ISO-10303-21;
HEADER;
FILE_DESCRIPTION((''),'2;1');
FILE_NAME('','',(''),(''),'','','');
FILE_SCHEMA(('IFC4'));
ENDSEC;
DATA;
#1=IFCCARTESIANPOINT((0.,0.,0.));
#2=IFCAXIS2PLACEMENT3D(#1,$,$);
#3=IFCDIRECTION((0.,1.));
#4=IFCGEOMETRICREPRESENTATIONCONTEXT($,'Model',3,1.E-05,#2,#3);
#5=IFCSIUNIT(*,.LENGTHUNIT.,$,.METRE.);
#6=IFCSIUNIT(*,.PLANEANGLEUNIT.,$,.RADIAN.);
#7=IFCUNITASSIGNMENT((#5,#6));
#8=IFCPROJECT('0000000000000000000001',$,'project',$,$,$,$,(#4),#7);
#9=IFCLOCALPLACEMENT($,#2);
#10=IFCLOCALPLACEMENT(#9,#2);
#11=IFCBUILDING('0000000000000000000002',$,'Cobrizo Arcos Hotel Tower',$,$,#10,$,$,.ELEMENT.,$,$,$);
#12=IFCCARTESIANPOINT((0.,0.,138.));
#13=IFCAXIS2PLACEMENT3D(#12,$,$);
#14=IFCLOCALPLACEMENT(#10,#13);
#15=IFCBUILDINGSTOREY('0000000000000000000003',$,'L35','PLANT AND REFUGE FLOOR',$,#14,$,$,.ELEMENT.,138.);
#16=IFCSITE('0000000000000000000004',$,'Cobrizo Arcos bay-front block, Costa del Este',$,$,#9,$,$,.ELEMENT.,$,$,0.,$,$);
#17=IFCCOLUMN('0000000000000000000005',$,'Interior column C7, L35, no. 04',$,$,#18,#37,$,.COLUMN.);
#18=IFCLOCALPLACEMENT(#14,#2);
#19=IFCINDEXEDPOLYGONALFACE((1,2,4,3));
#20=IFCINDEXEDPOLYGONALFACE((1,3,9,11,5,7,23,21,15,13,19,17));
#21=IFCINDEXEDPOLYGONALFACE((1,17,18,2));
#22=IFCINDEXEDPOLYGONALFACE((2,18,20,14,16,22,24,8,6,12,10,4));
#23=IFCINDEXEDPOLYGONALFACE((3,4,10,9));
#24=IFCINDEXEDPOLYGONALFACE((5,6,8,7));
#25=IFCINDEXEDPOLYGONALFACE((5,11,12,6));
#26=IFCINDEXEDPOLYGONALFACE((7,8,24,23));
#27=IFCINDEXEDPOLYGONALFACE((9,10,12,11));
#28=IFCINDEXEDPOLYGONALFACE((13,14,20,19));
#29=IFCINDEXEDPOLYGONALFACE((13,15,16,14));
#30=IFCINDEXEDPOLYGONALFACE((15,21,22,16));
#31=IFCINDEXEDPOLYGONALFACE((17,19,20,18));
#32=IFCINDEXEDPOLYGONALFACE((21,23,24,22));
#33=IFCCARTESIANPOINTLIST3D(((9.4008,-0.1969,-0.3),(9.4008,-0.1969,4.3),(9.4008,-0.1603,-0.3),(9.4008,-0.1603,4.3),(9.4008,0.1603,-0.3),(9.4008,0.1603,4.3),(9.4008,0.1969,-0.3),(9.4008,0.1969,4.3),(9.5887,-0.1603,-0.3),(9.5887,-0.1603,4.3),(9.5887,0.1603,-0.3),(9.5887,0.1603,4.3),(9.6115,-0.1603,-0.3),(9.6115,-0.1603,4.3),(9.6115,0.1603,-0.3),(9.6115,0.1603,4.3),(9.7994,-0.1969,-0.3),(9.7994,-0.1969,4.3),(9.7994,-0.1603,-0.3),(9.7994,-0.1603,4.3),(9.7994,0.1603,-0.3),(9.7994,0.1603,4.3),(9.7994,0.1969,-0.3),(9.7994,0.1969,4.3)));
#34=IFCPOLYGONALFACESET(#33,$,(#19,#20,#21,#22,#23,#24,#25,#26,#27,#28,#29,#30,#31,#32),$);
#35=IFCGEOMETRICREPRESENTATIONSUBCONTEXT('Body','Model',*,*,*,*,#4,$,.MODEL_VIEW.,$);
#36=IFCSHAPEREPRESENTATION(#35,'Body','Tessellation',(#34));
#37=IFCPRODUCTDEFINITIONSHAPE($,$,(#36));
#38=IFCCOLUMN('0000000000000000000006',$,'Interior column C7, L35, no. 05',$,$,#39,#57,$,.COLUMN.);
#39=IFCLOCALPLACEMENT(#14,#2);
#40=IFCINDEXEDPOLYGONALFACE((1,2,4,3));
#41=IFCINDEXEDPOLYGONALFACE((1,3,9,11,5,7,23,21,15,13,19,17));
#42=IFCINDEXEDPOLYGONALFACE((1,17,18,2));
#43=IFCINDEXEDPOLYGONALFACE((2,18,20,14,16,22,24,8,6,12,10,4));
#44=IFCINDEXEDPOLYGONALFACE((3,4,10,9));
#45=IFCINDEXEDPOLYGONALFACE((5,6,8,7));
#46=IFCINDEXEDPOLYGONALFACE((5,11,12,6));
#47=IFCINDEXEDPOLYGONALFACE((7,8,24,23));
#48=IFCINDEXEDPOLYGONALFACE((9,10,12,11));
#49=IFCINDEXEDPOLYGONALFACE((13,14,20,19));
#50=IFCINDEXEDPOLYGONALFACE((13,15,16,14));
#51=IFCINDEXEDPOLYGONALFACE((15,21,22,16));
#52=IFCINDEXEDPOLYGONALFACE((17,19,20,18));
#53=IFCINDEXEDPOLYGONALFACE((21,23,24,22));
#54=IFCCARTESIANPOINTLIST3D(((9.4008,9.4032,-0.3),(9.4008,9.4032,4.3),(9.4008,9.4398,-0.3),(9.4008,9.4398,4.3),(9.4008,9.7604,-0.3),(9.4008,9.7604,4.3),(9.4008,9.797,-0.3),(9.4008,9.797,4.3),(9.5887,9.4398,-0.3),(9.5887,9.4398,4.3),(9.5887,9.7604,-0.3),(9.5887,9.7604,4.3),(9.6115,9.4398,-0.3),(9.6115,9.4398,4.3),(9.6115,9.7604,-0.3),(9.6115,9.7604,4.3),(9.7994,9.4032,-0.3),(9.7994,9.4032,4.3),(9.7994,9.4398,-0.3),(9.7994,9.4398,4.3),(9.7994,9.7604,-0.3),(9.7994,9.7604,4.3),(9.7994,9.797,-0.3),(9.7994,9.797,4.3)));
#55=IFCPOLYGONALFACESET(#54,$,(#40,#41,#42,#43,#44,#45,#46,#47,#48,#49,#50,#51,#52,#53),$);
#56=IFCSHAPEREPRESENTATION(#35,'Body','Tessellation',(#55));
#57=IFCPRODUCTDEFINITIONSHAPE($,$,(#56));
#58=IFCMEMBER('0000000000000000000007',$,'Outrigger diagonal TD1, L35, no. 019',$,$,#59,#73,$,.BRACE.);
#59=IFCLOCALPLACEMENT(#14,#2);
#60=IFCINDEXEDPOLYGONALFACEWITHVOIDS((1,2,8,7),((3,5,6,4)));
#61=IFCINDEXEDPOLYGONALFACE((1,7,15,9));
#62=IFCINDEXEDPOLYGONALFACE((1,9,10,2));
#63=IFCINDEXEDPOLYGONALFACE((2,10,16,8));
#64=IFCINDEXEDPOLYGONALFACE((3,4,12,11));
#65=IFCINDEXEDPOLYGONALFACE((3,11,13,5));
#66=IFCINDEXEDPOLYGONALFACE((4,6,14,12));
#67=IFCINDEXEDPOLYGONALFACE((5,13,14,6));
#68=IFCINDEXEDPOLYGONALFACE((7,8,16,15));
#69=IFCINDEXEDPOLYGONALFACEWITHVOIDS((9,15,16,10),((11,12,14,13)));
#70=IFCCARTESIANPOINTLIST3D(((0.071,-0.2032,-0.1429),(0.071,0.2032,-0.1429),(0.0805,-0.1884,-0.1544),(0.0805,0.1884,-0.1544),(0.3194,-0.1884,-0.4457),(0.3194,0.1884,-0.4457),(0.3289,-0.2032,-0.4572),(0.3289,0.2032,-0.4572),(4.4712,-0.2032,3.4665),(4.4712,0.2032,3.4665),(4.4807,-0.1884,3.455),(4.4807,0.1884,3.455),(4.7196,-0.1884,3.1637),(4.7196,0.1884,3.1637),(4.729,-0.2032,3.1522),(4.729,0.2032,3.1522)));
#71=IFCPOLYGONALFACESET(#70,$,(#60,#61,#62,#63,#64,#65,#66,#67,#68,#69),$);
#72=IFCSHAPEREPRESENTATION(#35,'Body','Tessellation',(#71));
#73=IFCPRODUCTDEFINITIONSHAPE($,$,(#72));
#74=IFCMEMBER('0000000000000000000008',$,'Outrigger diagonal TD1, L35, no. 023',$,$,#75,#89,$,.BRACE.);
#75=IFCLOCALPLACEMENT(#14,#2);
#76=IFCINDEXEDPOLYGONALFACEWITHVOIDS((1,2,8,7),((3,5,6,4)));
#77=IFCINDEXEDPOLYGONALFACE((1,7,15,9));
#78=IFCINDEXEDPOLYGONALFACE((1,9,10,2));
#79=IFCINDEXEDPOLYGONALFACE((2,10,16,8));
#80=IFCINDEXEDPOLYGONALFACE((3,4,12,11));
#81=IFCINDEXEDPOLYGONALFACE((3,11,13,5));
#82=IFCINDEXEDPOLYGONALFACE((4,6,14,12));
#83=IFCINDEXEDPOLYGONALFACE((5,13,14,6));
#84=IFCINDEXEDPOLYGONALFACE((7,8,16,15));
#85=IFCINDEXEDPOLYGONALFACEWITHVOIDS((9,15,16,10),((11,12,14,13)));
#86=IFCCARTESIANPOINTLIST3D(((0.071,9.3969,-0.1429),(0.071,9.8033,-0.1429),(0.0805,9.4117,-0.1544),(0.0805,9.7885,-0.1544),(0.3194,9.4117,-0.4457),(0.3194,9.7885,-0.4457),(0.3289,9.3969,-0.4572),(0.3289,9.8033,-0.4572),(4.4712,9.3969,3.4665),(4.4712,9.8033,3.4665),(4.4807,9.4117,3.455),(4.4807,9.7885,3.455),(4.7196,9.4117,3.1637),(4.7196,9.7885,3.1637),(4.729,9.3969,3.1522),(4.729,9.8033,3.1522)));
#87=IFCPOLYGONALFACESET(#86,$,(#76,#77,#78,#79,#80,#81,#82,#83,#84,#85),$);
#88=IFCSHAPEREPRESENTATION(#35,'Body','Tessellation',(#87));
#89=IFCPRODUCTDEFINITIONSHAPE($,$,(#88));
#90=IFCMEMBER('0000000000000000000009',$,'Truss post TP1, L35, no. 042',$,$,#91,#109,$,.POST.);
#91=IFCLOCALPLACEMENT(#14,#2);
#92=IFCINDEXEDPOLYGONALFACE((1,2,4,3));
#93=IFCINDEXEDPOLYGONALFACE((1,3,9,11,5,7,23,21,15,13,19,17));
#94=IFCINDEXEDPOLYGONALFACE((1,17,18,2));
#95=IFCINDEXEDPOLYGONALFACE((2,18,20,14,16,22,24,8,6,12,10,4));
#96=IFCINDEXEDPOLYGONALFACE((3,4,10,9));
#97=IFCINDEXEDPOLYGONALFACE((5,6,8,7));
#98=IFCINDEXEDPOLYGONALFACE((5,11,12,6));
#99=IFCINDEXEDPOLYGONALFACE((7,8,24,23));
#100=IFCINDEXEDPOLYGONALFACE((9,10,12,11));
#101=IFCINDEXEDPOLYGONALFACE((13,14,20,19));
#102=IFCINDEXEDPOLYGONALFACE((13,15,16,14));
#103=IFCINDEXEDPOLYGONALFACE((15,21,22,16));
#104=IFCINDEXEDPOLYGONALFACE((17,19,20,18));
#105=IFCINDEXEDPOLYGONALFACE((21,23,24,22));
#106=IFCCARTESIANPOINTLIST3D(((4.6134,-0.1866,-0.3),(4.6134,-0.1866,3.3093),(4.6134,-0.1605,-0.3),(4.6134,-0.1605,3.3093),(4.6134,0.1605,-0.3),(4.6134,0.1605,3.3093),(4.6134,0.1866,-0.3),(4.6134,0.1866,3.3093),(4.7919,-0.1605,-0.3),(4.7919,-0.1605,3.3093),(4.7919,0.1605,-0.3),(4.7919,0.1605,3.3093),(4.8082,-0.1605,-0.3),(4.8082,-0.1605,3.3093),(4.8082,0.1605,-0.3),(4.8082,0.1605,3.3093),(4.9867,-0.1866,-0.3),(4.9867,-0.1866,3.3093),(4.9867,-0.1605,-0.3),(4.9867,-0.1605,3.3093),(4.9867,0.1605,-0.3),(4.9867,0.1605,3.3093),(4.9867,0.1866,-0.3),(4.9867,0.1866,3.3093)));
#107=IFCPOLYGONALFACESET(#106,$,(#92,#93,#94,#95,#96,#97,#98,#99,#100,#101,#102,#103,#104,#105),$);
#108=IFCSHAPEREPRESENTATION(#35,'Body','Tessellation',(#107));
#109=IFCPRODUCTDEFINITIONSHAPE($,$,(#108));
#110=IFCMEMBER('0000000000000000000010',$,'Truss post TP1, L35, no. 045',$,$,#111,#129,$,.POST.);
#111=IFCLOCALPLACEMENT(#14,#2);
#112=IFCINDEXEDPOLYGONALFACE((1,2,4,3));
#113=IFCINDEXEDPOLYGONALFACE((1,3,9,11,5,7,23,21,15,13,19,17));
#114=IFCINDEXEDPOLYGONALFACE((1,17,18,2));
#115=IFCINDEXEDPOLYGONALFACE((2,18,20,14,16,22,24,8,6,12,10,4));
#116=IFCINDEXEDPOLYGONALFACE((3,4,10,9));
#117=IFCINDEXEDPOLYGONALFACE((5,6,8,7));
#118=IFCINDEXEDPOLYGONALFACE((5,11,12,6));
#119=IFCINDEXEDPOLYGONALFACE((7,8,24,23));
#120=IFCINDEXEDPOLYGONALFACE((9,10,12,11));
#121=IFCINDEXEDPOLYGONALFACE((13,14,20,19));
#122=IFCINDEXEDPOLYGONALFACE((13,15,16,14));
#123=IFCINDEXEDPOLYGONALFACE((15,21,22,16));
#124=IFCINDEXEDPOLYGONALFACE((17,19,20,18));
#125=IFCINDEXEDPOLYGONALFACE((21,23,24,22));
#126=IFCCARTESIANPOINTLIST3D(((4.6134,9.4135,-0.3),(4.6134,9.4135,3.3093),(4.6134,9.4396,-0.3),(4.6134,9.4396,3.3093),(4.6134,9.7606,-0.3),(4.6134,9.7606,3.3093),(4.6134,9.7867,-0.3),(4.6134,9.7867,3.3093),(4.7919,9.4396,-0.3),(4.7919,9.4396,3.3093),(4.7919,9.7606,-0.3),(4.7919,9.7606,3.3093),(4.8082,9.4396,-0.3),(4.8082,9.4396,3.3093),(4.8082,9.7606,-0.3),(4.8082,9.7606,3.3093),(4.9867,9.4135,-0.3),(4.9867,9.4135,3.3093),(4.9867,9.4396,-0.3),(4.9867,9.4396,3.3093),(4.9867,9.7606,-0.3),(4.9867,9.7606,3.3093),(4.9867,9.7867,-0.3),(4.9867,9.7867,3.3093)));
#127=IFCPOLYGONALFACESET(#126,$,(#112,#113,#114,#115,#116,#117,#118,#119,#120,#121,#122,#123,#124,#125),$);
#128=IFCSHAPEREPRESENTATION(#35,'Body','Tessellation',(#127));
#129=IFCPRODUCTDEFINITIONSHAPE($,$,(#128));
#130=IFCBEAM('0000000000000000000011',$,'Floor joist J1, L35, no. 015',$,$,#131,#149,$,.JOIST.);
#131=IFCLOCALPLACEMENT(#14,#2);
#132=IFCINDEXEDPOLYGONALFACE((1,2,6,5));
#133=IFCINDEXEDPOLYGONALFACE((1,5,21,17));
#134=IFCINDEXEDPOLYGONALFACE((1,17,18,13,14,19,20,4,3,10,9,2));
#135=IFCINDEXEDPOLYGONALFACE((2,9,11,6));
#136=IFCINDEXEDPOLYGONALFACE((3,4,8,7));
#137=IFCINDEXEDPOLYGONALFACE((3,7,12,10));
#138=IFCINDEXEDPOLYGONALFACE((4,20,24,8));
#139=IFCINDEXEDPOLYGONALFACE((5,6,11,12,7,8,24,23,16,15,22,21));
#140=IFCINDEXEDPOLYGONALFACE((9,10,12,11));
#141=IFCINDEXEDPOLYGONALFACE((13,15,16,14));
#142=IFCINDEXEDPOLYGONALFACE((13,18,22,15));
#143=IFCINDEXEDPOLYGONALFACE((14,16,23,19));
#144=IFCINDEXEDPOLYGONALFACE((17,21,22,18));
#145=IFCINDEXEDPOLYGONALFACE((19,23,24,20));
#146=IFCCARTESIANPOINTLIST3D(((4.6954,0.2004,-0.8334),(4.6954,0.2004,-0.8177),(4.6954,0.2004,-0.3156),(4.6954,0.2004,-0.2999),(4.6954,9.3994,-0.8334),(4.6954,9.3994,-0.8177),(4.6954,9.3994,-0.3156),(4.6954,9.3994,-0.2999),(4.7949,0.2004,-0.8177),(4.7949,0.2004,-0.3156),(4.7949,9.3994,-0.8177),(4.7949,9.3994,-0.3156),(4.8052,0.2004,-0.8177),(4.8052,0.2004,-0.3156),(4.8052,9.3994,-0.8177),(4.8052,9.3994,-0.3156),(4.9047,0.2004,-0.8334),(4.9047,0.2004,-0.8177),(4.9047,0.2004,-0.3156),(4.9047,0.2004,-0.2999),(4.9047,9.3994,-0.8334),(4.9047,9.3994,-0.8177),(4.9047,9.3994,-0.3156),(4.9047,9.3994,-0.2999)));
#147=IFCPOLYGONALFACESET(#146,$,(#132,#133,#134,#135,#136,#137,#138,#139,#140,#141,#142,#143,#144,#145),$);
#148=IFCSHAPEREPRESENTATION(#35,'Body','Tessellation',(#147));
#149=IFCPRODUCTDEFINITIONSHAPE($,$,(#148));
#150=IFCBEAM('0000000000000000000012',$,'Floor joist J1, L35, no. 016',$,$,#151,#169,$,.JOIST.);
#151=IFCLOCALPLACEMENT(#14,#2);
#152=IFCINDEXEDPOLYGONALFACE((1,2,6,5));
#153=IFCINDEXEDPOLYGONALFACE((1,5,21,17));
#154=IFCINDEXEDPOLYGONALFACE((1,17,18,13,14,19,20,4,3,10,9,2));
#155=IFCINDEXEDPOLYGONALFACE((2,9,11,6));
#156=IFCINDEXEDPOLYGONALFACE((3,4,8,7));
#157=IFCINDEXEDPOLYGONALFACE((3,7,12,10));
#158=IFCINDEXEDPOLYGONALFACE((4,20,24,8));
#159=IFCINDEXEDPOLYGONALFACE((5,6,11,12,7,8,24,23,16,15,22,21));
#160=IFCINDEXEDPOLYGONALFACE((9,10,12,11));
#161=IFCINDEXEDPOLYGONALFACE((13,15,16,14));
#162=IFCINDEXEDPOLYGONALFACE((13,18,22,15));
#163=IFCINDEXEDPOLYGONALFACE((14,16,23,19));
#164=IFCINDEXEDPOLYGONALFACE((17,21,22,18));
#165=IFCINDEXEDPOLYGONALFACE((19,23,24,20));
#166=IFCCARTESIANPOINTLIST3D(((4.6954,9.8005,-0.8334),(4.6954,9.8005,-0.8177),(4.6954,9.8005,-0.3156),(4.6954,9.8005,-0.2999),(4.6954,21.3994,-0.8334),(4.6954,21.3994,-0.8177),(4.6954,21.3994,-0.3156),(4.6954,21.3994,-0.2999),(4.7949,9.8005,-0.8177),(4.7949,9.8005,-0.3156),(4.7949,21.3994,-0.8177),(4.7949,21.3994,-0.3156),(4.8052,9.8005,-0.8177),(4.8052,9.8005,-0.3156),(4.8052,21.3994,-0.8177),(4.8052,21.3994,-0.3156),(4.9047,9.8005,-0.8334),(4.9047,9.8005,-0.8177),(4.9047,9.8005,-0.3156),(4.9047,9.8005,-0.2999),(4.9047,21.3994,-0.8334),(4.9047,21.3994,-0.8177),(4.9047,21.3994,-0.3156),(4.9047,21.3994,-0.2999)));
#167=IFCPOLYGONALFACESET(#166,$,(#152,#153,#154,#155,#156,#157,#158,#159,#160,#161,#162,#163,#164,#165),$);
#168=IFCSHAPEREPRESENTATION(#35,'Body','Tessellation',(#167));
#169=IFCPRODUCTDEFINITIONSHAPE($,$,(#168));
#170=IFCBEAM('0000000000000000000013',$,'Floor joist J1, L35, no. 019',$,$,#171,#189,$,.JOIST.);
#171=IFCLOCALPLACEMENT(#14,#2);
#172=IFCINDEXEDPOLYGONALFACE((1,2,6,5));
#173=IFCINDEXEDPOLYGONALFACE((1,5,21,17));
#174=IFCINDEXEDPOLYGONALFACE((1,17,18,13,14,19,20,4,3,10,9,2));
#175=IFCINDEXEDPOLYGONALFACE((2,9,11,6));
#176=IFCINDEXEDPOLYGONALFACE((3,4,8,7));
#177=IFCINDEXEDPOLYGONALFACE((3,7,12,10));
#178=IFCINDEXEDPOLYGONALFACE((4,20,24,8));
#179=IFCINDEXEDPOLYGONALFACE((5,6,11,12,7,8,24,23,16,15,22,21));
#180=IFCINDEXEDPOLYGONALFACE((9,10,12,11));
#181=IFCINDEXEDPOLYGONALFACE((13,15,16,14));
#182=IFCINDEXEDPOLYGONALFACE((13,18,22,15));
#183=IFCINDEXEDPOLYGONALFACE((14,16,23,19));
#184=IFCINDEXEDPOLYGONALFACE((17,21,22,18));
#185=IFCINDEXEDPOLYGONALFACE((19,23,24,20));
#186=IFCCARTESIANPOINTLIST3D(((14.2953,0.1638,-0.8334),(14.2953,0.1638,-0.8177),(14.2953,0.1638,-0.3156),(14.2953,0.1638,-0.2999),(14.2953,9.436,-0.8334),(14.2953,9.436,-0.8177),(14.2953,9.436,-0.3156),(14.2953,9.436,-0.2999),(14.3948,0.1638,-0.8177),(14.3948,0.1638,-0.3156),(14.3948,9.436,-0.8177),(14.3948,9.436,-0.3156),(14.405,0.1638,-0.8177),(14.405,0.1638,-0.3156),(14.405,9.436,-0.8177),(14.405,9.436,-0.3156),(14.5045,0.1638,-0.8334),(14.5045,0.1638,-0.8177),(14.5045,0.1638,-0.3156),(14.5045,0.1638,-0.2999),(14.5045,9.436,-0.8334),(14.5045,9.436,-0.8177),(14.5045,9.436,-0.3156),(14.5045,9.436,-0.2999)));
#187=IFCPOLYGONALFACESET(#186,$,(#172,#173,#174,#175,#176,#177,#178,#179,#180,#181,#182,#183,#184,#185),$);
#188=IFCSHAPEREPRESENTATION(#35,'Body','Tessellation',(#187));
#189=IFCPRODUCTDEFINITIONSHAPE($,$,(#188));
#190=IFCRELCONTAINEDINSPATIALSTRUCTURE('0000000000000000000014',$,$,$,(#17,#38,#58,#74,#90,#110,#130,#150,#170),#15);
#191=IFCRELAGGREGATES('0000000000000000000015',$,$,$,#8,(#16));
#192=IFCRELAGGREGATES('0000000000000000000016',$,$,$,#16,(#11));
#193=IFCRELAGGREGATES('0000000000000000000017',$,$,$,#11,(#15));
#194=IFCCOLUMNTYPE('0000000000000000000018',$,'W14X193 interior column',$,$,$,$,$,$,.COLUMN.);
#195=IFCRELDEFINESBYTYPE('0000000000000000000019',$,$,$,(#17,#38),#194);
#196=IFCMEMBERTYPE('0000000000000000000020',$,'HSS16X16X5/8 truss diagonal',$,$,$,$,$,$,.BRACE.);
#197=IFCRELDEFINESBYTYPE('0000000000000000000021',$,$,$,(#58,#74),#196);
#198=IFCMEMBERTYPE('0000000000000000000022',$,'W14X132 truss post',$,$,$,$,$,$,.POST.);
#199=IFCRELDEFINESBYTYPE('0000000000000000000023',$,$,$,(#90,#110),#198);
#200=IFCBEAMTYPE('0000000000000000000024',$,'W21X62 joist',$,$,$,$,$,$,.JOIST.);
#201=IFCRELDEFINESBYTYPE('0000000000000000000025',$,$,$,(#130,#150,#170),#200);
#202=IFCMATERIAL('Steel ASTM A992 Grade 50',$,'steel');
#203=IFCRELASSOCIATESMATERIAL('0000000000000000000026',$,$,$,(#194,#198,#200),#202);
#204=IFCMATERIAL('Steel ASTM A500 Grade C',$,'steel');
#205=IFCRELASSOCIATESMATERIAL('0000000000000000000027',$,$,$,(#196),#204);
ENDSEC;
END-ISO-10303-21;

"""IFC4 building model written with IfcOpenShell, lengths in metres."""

from ifc_helpers import new_model, si_unit, direction, frame, origin, origin_2d, place, context, subcontext, project, spatial, hollow_rectangle, i_section, extrude, material, material_profile, profile_set, type_object, element, save


model = new_model("IFC4")

# Units and contexts
model_context = context("Model", 3, precision=1e-05, world=origin(), true_north=direction((0.0, 1.0)))
body_context = subcontext(model_context, "Body", "Model", "MODEL_VIEW")
ifc_project = project(units=[si_unit("LENGTHUNIT", "METRE"), si_unit("PLANEANGLEUNIT", "RADIAN")], contexts=[model_context])

# Site, building, storey
site_placement = place(None, origin())
site = spatial("IfcSite", under=ifc_project, at=site_placement, Name="Cobrizo Arcos bay-front block, Costa del Este", CompositionType="ELEMENT", RefElevation=0.0)
building_placement = place(site_placement, origin())
building = spatial("IfcBuilding", under=site, at=building_placement, Name="Cobrizo Arcos Hotel Tower", CompositionType="ELEMENT")
storey_placement = place(building_placement, frame((0.0, 0.0, 138.0)))
storey = spatial("IfcBuildingStorey", under=building, at=storey_placement, Name="L35", Description="PLANT AND REFUGE FLOOR", CompositionType="ELEMENT", Elevation=138.0)

# Columns
ifc_material_1 = material(Name="Steel ASTM A992 Grade 50", Category="steel")
ifc_material_profile_1 = material_profile(ifc_material_1, i_section(OverallWidth=0.3987, OverallDepth=0.3938, WebThickness=0.0227, FlangeThickness=0.0366, at=origin_2d()), Name="W14X193")
ifc_profile_set_1 = profile_set([ifc_material_profile_1], Name="Steel ASTM A992 Grade 50")
column_type = type_object("IfcColumnType", Name="W14X193 interior column", PredefinedType="COLUMN", material=ifc_profile_set_1)
for number, where, z_axis, x_axis, name in (
    (1, (9.6001, 0.0, -0.3), (0.0, 0.0, 1.0), (1.0, 0.0, 0.0), "Interior column C7, L35, no. 04"),
    (2, (9.6001, 9.6001, -0.3), (0.0, 0.0, 1.0), (1.0, 0.0, 0.0), "Interior column C7, L35, no. 05"),
):
    element("IfcColumn", number, at=place(storey_placement, frame(where, z_axis=z_axis, x_axis=x_axis)), inside=storey, type_object=column_type, Name=name, PredefinedType="COLUMN", context=body_context, shape_type="SweptSolid", body=[
        extrude(i_section(OverallWidth=0.3987, OverallDepth=0.3938, WebThickness=0.0227, FlangeThickness=0.0366, at=origin_2d()), origin(), (0.0, 0.0, 1.0), 4.6001),
    ])

# Members
ifc_material_2 = material(Name="Steel ASTM A500 Grade C", Category="steel")
ifc_material_profile_2 = material_profile(ifc_material_2, hollow_rectangle(XDim=0.4065, YDim=0.4065, WallThickness=0.0149, at=origin_2d()), Name="HSS16X16X5/8")
ifc_profile_set_2 = profile_set([ifc_material_profile_2], Name="Steel ASTM A500 Grade C")
member_type_1 = type_object("IfcMemberType", Name="HSS16X16X5/8 truss diagonal", PredefinedType="BRACE", material=ifc_profile_set_2)
for number, where, z_axis, x_axis, name in (
    (3, (0.2, 0.0, -0.3), (0.77316, 0.0, 0.634211), (0.0, 1.0, 0.0), "Outrigger diagonal TD1, L35, no. 019"),
    (4, (0.2, 9.6001, -0.3), (0.77316, 0.0, 0.634211), (0.0, 1.0, 0.0), "Outrigger diagonal TD1, L35, no. 023"),
):
    element("IfcMember", number, at=place(storey_placement, frame(where, z_axis=z_axis, x_axis=x_axis)), inside=storey, type_object=member_type_1, Name=name, PredefinedType="BRACE", context=body_context, shape_type="SweptSolid", body=[
        extrude(hollow_rectangle(XDim=0.4065, YDim=0.4065, WallThickness=0.0149, at=origin_2d()), origin(), (0.0, 0.0, 1.0), 5.6912),
    ])
ifc_material_profile_3 = material_profile(ifc_material_1, i_section(OverallWidth=0.3733, OverallDepth=0.3733, WebThickness=0.0164, FlangeThickness=0.0261, at=origin_2d()), Name="W14X132")
ifc_profile_set_3 = profile_set([ifc_material_profile_3], Name="Steel ASTM A992 Grade 50")
member_type_2 = type_object("IfcMemberType", Name="W14X132 truss post", PredefinedType="POST", material=ifc_profile_set_3)
for number, where, z_axis, x_axis, name in (
    (5, (4.8, 0.0, -0.3), (0.0, 0.0, 1.0), (1.0, 0.0, 0.0), "Truss post TP1, L35, no. 042"),
    (6, (4.8, 9.6001, -0.3), (0.0, 0.0, 1.0), (1.0, 0.0, 0.0), "Truss post TP1, L35, no. 045"),
):
    element("IfcMember", number, at=place(storey_placement, frame(where, z_axis=z_axis, x_axis=x_axis)), inside=storey, type_object=member_type_2, Name=name, PredefinedType="POST", context=body_context, shape_type="SweptSolid", body=[
        extrude(i_section(OverallWidth=0.3733, OverallDepth=0.3733, WebThickness=0.0164, FlangeThickness=0.0261, at=origin_2d()), origin(), (0.0, 0.0, 1.0), 3.6094),
    ])

# Beams
ifc_material_profile_4 = material_profile(ifc_material_1, i_section(OverallWidth=0.2092, OverallDepth=0.5334, WebThickness=0.0103, FlangeThickness=0.0156, at=origin_2d()), Name="W21X62")
ifc_profile_set_4 = profile_set([ifc_material_profile_4], Name="Steel ASTM A992 Grade 50")
beam_type_1 = type_object("IfcBeamType", Name="W21X62 joist", PredefinedType="JOIST", material=ifc_profile_set_4)
beam_1_placement = place(storey_placement, frame((4.8, 0.2004, -0.5667), z_axis=(0.0, 1.0, 0.0), x_axis=(-1.0, 0.0, 0.0)))
element("IfcBeam", 7, at=beam_1_placement, inside=storey, type_object=beam_type_1, Name="Floor joist J1, L35, no. 015", PredefinedType="JOIST", context=body_context, shape_type="SweptSolid", body=[
    extrude(i_section(OverallWidth=0.2092, OverallDepth=0.5334, WebThickness=0.0103, FlangeThickness=0.0156, at=origin_2d()), origin(), (0.0, 0.0, 1.0), 9.199),
])
beam_2_placement = place(storey_placement, frame((4.8, 9.8005, -0.5667), z_axis=(0.0, 1.0, 0.0), x_axis=(-1.0, 0.0, 0.0)))
element("IfcBeam", 8, at=beam_2_placement, inside=storey, type_object=beam_type_1, Name="Floor joist J1, L35, no. 016", PredefinedType="JOIST", context=body_context, shape_type="SweptSolid", body=[
    extrude(i_section(OverallWidth=0.2092, OverallDepth=0.5334, WebThickness=0.0103, FlangeThickness=0.0156, at=origin_2d()), origin(), (0.0, 0.0, 1.0), 11.5989),
])
beam_3_placement = place(storey_placement, frame((14.3999, 0.1638, -0.5667), z_axis=(0.0, 1.0, 0.0), x_axis=(-1.0, 0.0, 0.0)))
element("IfcBeam", 9, at=beam_3_placement, inside=storey, type_object=beam_type_1, Name="Floor joist J1, L35, no. 019", PredefinedType="JOIST", context=body_context, shape_type="SweptSolid", body=[
    extrude(i_section(OverallWidth=0.2092, OverallDepth=0.5334, WebThickness=0.0103, FlangeThickness=0.0156, at=origin_2d()), origin(), (0.0, 0.0, 1.0), 9.2722),
])

save(model, "model.ifc")
